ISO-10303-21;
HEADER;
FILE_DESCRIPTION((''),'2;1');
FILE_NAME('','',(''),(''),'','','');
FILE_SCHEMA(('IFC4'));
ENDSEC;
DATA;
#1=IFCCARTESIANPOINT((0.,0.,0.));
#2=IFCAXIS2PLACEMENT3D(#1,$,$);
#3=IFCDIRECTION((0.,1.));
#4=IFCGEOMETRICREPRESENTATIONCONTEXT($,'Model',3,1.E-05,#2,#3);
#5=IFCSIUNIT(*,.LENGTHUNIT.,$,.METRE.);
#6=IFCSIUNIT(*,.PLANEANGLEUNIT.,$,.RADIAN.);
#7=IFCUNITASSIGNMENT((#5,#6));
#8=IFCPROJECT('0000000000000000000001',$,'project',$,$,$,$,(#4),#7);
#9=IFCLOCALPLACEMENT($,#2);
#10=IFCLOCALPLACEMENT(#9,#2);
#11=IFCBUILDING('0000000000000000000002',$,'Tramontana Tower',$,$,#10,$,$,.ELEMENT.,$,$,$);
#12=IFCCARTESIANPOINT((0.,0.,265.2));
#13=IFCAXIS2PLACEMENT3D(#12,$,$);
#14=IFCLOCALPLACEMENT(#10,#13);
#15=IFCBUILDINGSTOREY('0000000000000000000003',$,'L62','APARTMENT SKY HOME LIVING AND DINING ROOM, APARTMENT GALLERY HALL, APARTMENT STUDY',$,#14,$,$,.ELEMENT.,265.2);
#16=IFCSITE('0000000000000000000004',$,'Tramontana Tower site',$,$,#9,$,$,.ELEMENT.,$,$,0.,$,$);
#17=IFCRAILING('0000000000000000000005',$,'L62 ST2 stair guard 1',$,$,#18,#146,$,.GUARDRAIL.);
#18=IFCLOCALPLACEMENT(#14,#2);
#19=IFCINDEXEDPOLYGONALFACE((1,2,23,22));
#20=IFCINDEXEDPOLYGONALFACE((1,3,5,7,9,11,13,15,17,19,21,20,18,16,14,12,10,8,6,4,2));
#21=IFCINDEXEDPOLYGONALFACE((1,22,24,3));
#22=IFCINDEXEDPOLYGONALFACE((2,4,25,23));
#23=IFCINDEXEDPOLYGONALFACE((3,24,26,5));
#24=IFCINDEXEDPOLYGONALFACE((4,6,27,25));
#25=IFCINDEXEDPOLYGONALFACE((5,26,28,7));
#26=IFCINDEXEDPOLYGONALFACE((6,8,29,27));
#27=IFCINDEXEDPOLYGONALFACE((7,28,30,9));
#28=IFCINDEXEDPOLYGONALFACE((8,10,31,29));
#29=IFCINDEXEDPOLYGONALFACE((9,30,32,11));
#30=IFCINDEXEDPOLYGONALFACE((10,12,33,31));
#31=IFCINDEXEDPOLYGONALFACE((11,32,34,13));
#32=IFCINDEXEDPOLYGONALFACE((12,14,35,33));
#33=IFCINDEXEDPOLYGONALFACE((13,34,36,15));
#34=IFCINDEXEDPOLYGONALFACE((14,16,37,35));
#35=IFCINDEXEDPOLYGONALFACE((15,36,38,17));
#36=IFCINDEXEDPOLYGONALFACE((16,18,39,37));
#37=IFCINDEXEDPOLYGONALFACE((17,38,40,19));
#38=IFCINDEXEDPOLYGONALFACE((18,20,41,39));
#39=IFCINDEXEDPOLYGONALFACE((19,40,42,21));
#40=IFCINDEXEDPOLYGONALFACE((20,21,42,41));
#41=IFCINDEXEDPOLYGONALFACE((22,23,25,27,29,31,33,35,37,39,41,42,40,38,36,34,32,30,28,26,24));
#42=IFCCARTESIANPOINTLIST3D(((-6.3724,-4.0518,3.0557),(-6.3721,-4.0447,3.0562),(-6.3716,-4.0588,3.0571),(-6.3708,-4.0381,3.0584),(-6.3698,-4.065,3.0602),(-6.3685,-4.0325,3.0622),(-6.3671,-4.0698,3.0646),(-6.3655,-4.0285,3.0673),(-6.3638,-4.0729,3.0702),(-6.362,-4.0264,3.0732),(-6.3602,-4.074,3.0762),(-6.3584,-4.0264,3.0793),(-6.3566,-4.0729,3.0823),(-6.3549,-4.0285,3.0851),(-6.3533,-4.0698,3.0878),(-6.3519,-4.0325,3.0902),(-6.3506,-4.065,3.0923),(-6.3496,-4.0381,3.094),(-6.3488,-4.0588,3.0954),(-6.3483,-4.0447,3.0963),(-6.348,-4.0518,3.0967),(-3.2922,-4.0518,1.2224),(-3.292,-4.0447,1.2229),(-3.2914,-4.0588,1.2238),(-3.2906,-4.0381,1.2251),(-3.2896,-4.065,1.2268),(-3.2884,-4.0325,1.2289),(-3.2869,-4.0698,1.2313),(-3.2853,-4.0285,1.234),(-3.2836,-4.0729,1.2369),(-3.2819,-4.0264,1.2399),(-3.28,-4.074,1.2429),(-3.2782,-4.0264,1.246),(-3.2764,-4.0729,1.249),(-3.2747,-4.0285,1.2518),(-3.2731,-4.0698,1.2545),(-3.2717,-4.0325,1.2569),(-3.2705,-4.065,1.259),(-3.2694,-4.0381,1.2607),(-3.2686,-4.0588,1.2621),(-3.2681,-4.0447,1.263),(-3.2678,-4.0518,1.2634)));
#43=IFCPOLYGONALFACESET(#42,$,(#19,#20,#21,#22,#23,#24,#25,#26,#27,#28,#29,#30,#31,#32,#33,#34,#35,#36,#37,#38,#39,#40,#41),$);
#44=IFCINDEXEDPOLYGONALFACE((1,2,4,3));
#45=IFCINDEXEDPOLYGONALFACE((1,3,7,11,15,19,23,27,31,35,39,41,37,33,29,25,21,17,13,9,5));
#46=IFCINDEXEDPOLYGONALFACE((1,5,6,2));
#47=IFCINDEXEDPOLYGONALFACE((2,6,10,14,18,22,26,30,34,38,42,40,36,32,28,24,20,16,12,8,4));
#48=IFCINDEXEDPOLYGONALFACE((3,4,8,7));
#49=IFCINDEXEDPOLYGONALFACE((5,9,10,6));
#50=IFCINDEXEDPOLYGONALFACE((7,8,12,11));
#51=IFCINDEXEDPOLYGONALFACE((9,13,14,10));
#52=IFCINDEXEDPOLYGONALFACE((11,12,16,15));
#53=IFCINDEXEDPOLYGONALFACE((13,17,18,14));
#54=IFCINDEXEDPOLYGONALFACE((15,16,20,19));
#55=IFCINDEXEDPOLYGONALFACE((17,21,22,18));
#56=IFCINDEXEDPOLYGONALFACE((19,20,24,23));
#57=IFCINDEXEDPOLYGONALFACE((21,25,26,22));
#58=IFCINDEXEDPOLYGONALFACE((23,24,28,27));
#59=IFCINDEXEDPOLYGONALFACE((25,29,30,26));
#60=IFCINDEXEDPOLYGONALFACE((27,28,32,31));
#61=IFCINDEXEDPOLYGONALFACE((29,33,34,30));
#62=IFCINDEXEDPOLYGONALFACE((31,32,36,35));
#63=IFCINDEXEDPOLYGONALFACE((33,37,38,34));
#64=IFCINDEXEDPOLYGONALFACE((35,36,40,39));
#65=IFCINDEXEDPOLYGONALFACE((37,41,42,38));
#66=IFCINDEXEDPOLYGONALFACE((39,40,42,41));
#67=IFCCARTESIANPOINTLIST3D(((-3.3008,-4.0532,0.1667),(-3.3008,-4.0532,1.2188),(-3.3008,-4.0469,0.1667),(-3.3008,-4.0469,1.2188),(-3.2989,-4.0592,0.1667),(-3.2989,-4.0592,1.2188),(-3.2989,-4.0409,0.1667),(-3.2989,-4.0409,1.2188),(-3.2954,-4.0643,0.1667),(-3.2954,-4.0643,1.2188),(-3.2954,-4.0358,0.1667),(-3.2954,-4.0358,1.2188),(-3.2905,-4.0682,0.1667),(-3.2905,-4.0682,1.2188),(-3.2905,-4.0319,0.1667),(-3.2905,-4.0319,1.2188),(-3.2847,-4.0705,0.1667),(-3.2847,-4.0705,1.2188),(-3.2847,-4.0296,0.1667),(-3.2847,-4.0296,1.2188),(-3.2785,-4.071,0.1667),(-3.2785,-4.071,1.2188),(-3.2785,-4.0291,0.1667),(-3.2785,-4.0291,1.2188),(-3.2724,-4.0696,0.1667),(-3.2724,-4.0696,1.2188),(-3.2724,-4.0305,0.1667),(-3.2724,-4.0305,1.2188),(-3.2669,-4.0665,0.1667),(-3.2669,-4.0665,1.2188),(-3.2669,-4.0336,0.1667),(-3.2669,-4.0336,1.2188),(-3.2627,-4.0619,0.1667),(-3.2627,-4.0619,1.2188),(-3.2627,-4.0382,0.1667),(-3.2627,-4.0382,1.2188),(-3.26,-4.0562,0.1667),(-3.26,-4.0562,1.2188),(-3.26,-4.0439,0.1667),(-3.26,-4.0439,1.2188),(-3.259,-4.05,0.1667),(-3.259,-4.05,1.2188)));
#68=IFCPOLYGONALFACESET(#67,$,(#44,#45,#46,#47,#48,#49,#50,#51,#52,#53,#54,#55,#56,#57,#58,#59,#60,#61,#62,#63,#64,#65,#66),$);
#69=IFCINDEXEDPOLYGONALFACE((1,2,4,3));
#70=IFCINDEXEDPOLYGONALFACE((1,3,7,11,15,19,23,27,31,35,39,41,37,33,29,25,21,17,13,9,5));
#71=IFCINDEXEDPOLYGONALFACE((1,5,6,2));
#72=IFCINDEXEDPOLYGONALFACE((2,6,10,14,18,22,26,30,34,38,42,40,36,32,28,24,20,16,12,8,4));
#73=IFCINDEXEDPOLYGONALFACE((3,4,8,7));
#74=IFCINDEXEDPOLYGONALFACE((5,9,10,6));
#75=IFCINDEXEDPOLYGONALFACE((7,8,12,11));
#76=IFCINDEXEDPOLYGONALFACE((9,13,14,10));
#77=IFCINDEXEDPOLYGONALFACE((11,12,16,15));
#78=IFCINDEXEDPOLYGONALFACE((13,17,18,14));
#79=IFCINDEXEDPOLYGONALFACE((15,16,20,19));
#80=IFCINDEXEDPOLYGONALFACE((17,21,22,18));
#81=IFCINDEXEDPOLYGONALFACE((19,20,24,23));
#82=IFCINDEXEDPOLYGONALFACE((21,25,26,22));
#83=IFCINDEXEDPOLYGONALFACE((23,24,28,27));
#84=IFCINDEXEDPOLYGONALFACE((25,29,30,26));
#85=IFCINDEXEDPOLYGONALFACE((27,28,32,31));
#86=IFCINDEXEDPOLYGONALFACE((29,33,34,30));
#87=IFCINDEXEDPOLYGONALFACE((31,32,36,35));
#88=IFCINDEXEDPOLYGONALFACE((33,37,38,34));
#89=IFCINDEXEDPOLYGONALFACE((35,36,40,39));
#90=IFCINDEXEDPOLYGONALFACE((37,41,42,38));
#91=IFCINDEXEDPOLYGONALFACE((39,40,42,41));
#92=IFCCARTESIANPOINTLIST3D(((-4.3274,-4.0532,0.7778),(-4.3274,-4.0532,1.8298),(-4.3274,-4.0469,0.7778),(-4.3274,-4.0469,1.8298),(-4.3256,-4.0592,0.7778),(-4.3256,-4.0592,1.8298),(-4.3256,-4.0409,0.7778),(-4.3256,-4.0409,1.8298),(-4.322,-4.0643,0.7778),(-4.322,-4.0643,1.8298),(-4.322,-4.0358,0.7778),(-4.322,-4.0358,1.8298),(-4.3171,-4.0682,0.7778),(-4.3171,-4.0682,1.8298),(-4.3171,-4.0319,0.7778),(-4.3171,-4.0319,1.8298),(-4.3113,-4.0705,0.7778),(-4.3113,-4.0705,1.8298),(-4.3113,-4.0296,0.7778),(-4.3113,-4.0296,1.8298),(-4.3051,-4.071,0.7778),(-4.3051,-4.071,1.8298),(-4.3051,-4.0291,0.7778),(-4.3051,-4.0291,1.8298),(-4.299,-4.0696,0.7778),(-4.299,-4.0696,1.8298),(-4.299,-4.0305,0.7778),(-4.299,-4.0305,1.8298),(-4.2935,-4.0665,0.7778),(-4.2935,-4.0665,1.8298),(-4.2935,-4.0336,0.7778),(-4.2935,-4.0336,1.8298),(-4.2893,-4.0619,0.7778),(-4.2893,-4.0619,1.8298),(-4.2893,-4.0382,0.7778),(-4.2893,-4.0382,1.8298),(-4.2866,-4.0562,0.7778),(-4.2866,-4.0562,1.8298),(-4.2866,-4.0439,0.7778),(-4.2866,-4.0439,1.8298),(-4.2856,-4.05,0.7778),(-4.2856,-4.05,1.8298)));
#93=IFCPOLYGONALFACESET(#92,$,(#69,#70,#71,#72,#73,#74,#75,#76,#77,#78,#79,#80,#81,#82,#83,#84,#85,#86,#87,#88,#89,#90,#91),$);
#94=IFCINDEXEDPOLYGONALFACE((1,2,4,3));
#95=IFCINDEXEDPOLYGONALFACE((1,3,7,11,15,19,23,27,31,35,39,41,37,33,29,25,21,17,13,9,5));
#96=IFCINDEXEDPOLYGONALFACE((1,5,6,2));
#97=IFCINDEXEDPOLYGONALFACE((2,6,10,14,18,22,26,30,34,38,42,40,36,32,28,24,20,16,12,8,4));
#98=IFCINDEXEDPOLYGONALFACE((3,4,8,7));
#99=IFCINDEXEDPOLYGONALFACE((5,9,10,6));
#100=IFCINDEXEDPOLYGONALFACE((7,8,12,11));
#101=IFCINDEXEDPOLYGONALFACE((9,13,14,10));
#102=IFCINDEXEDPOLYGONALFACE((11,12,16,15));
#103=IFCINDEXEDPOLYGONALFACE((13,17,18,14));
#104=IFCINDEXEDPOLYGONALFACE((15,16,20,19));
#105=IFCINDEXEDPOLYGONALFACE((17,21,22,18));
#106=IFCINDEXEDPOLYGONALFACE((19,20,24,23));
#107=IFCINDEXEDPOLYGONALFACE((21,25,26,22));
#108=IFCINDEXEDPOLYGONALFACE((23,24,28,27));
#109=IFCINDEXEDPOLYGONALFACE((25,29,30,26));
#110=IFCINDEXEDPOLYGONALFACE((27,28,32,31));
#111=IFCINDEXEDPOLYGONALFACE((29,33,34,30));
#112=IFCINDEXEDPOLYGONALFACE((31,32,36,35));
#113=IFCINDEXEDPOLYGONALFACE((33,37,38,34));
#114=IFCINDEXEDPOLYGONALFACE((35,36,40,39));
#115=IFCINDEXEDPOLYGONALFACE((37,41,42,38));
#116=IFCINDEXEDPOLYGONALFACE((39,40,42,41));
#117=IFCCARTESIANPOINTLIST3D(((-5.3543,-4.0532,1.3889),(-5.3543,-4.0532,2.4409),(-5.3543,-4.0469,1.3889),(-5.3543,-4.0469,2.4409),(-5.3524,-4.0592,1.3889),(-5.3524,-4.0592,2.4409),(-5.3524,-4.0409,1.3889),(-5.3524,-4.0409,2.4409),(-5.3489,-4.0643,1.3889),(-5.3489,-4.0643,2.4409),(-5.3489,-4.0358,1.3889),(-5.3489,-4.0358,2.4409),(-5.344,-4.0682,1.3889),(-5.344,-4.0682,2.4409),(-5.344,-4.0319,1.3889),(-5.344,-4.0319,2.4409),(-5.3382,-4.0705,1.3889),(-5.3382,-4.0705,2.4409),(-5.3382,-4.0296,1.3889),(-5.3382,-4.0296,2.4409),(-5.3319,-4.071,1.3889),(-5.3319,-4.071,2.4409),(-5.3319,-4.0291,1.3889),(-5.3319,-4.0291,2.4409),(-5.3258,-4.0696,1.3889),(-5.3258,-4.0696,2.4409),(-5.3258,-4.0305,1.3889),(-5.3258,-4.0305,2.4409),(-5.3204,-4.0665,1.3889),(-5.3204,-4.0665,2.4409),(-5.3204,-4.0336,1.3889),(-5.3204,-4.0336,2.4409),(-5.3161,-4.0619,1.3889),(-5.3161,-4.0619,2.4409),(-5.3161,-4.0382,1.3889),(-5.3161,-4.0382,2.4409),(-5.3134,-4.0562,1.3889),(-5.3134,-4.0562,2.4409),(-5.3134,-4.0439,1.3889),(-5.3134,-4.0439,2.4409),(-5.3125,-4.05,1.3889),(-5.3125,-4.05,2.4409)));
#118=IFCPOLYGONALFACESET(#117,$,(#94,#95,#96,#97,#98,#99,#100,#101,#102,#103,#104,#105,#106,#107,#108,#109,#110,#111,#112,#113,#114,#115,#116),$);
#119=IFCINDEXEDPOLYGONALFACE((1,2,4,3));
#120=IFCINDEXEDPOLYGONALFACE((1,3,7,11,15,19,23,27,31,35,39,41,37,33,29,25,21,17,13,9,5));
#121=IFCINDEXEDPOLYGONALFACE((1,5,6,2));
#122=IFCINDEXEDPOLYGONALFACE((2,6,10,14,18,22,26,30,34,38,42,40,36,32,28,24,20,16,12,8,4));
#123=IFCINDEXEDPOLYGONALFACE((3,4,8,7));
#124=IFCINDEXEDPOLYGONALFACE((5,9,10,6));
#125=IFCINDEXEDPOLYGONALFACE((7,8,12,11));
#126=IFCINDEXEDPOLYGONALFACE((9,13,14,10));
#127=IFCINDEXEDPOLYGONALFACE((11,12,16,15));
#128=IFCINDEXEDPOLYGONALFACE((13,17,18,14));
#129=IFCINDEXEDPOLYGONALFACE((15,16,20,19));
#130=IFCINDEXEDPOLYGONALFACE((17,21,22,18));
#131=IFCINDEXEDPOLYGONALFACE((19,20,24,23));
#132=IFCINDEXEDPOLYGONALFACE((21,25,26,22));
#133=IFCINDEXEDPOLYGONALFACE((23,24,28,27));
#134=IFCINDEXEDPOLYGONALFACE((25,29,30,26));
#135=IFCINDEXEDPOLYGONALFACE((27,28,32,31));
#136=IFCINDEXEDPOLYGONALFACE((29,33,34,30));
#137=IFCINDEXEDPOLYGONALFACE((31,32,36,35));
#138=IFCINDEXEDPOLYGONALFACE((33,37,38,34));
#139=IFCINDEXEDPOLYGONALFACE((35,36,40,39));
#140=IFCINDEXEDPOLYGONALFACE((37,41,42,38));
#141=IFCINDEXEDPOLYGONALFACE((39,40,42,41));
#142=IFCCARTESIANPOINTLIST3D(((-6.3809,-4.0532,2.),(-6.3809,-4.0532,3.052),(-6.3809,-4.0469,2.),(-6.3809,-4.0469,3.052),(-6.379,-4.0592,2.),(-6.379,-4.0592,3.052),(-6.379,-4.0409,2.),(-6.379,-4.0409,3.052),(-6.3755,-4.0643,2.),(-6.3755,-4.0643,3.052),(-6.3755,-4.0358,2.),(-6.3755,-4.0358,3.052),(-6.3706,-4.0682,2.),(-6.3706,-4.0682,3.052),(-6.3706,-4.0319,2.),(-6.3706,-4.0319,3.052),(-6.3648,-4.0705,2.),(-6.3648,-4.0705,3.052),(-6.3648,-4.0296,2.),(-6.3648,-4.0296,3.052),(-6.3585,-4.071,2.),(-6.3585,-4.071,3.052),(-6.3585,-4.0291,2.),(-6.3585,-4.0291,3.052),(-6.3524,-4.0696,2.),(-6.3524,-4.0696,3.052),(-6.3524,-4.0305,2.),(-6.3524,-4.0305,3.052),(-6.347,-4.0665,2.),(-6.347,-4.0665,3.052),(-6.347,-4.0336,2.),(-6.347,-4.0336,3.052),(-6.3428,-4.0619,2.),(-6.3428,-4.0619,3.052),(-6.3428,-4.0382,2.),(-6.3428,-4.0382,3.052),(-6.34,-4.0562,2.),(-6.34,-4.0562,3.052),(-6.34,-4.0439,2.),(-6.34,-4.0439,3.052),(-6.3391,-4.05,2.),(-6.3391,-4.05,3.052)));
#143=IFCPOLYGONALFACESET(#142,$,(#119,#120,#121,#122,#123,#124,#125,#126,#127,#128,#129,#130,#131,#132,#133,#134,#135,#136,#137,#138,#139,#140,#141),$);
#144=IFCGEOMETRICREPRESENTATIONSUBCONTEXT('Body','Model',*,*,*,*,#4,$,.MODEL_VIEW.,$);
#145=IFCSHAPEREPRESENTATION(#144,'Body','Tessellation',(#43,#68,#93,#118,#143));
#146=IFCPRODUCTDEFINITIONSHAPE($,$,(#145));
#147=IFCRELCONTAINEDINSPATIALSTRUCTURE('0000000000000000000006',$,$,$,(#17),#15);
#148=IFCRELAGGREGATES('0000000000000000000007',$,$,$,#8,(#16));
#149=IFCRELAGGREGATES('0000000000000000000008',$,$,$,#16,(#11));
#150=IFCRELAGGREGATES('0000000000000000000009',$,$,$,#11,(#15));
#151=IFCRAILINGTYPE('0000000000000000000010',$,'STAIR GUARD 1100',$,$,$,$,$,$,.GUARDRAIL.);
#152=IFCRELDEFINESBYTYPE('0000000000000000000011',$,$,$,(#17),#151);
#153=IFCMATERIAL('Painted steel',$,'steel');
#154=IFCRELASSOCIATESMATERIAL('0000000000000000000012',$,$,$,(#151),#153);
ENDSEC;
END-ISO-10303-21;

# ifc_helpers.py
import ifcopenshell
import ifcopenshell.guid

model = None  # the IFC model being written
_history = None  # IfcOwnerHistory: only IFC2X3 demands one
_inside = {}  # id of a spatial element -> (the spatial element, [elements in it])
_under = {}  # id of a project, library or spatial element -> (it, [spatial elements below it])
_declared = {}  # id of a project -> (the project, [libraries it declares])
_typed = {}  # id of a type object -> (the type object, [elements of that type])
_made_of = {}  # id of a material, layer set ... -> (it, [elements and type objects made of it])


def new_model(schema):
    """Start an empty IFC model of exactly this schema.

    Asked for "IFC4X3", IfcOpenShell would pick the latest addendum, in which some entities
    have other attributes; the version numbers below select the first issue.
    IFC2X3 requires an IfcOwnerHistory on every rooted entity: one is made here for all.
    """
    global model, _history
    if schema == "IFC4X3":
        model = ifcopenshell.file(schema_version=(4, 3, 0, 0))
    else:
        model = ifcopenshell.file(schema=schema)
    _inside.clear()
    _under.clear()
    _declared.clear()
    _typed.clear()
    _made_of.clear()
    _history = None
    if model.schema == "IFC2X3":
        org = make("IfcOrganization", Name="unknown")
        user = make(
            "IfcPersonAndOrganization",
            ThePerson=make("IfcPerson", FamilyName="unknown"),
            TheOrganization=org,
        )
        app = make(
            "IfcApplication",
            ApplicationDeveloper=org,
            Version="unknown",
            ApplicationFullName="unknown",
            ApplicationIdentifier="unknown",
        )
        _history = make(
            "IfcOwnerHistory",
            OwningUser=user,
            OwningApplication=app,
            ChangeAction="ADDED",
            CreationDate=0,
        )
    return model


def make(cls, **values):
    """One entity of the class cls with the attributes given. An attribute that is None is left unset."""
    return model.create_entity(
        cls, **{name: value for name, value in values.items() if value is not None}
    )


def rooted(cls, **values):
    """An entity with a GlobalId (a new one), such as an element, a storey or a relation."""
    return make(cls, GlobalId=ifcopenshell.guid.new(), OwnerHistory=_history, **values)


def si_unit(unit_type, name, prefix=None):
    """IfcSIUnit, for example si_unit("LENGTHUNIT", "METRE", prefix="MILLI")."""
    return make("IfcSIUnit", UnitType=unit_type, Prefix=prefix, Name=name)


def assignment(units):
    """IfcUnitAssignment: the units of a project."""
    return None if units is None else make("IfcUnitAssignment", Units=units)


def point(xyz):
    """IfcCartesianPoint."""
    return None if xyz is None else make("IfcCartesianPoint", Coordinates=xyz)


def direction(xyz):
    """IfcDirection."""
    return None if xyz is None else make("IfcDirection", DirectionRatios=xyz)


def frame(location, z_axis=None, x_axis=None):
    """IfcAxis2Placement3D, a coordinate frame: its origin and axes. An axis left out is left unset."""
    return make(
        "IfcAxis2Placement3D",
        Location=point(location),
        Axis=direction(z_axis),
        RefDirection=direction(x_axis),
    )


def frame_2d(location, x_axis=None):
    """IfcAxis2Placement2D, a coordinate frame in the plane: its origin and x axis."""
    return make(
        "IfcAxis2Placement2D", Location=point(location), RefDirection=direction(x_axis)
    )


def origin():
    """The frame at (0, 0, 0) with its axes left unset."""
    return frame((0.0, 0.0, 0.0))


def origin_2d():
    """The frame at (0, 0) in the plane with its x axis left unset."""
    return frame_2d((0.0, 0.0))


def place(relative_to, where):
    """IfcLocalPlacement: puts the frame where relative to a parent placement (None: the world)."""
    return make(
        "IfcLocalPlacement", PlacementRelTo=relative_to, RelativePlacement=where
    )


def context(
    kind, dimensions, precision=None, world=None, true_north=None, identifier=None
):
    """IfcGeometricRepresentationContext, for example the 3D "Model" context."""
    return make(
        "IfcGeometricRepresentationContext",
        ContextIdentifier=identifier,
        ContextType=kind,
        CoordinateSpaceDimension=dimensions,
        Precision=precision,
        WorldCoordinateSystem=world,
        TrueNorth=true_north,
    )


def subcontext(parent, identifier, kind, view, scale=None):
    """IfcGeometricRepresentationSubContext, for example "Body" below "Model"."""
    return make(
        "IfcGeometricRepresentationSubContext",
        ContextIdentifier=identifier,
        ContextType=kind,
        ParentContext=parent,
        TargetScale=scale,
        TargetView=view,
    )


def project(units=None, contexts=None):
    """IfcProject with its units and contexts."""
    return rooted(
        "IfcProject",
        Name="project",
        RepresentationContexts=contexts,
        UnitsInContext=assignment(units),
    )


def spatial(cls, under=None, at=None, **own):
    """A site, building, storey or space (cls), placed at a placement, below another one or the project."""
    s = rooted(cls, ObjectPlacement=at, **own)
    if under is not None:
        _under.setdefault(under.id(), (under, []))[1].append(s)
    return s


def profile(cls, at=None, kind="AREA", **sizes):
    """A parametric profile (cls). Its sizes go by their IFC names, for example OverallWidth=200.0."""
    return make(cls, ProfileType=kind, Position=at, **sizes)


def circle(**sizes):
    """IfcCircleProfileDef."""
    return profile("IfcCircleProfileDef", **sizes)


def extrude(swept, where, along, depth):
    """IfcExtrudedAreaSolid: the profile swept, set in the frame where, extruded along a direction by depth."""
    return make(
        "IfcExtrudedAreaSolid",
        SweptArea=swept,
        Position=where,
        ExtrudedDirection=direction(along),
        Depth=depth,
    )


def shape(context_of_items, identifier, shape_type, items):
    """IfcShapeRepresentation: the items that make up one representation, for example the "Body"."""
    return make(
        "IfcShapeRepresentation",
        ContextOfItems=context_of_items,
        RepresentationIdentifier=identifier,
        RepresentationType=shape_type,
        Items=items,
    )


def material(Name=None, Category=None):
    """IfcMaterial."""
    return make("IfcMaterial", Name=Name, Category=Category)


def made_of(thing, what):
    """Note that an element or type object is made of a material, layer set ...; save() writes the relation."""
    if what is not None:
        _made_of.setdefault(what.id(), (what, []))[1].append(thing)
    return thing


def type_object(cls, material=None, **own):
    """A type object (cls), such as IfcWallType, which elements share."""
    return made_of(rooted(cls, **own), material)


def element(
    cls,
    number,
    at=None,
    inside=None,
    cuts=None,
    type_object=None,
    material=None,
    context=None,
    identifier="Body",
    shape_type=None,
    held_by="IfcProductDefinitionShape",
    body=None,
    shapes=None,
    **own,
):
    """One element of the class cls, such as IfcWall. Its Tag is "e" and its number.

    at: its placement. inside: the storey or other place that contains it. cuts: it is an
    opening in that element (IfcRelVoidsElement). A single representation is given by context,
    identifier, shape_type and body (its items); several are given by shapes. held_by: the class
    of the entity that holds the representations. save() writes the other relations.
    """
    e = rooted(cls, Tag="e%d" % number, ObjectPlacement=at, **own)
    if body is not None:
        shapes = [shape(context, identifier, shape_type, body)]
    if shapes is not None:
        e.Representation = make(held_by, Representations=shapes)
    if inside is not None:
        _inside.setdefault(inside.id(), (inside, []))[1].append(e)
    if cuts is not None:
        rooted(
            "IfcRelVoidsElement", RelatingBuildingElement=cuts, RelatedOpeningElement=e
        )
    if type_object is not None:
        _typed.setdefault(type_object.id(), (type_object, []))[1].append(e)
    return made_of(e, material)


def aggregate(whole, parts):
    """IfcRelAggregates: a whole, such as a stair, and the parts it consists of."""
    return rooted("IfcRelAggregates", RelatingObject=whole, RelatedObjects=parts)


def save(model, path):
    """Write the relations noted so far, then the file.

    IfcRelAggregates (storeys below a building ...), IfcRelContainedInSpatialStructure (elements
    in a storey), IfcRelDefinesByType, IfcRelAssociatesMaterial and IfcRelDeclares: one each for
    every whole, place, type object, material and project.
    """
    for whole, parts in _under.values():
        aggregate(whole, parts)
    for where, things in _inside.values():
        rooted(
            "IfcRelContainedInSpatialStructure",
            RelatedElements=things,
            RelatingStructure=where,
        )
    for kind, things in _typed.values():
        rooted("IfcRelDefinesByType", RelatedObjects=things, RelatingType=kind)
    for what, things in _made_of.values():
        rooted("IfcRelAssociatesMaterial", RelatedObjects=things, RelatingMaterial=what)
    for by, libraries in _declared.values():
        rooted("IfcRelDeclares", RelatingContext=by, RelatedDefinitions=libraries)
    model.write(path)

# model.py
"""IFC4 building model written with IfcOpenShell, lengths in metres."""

from ifc_helpers import new_model, si_unit, direction, frame, origin, origin_2d, place, context, subcontext, project, spatial, circle, extrude, material, type_object, element, save


model = new_model("IFC4")

# Units and contexts
model_context = context("Model", 3, precision=1e-05, world=origin(), true_north=direction((0.0, 1.0)))
body_context = subcontext(model_context, "Body", "Model", "MODEL_VIEW")
ifc_project = project(units=[si_unit("LENGTHUNIT", "METRE"), si_unit("PLANEANGLEUNIT", "RADIAN")], contexts=[model_context])

# Site, building, storey
site_placement = place(None, origin())
site = spatial("IfcSite", under=ifc_project, at=site_placement, Name="Tramontana Tower site", CompositionType="ELEMENT", RefElevation=0.0)
building_placement = place(site_placement, origin())
building = spatial("IfcBuilding", under=site, at=building_placement, Name="Tramontana Tower", CompositionType="ELEMENT")
storey_placement = place(building_placement, frame((0.0, 0.0, 265.2)))
storey = spatial("IfcBuildingStorey", under=building, at=storey_placement, Name="L62", Description="APARTMENT SKY HOME LIVING AND DINING ROOM, APARTMENT GALLERY HALL, APARTMENT STUDY", CompositionType="ELEMENT", Elevation=265.2)

# Railing
ifc_material_1 = material(Name="Painted steel", Category="steel")
railing_type_1 = type_object("IfcRailingType", Name="STAIR GUARD 1100", PredefinedType="GUARDRAIL", material=ifc_material_1)
railing_1_placement = place(storey_placement, frame((-3.28, -4.05, 0.1667)))
element("IfcRailing", 1, at=railing_1_placement, inside=storey, type_object=railing_type_1, Name="L62 ST2 stair guard 1", PredefinedType="GUARDRAIL", context=body_context, shape_type="SweptSolid", body=[
    extrude(circle(Radius=0.0239, at=origin_2d()), frame((0.0, 0.0, 1.0762), z_axis=(-0.859309, 0.0, 0.511458), x_axis=(0.0, -1.0, 0.0)), (0.0, 0.0, 1.0), 3.5845),
    extrude(circle(Radius=0.021, at=origin_2d()), origin(), (0.0, 0.0, 1.0), 1.052),
    extrude(circle(Radius=0.021, at=origin_2d()), frame((-1.0266, 0.0, 0.6111)), (0.0, 0.0, 1.0), 1.052),
    extrude(circle(Radius=0.021, at=origin_2d()), frame((-2.0535, 0.0, 1.2222)), (0.0, 0.0, 1.0), 1.052),
    extrude(circle(Radius=0.021, at=origin_2d()), frame((-3.0801, 0.0, 1.8333)), (0.0, 0.0, 1.0), 1.052),
])

save(model, "model.ifc")
